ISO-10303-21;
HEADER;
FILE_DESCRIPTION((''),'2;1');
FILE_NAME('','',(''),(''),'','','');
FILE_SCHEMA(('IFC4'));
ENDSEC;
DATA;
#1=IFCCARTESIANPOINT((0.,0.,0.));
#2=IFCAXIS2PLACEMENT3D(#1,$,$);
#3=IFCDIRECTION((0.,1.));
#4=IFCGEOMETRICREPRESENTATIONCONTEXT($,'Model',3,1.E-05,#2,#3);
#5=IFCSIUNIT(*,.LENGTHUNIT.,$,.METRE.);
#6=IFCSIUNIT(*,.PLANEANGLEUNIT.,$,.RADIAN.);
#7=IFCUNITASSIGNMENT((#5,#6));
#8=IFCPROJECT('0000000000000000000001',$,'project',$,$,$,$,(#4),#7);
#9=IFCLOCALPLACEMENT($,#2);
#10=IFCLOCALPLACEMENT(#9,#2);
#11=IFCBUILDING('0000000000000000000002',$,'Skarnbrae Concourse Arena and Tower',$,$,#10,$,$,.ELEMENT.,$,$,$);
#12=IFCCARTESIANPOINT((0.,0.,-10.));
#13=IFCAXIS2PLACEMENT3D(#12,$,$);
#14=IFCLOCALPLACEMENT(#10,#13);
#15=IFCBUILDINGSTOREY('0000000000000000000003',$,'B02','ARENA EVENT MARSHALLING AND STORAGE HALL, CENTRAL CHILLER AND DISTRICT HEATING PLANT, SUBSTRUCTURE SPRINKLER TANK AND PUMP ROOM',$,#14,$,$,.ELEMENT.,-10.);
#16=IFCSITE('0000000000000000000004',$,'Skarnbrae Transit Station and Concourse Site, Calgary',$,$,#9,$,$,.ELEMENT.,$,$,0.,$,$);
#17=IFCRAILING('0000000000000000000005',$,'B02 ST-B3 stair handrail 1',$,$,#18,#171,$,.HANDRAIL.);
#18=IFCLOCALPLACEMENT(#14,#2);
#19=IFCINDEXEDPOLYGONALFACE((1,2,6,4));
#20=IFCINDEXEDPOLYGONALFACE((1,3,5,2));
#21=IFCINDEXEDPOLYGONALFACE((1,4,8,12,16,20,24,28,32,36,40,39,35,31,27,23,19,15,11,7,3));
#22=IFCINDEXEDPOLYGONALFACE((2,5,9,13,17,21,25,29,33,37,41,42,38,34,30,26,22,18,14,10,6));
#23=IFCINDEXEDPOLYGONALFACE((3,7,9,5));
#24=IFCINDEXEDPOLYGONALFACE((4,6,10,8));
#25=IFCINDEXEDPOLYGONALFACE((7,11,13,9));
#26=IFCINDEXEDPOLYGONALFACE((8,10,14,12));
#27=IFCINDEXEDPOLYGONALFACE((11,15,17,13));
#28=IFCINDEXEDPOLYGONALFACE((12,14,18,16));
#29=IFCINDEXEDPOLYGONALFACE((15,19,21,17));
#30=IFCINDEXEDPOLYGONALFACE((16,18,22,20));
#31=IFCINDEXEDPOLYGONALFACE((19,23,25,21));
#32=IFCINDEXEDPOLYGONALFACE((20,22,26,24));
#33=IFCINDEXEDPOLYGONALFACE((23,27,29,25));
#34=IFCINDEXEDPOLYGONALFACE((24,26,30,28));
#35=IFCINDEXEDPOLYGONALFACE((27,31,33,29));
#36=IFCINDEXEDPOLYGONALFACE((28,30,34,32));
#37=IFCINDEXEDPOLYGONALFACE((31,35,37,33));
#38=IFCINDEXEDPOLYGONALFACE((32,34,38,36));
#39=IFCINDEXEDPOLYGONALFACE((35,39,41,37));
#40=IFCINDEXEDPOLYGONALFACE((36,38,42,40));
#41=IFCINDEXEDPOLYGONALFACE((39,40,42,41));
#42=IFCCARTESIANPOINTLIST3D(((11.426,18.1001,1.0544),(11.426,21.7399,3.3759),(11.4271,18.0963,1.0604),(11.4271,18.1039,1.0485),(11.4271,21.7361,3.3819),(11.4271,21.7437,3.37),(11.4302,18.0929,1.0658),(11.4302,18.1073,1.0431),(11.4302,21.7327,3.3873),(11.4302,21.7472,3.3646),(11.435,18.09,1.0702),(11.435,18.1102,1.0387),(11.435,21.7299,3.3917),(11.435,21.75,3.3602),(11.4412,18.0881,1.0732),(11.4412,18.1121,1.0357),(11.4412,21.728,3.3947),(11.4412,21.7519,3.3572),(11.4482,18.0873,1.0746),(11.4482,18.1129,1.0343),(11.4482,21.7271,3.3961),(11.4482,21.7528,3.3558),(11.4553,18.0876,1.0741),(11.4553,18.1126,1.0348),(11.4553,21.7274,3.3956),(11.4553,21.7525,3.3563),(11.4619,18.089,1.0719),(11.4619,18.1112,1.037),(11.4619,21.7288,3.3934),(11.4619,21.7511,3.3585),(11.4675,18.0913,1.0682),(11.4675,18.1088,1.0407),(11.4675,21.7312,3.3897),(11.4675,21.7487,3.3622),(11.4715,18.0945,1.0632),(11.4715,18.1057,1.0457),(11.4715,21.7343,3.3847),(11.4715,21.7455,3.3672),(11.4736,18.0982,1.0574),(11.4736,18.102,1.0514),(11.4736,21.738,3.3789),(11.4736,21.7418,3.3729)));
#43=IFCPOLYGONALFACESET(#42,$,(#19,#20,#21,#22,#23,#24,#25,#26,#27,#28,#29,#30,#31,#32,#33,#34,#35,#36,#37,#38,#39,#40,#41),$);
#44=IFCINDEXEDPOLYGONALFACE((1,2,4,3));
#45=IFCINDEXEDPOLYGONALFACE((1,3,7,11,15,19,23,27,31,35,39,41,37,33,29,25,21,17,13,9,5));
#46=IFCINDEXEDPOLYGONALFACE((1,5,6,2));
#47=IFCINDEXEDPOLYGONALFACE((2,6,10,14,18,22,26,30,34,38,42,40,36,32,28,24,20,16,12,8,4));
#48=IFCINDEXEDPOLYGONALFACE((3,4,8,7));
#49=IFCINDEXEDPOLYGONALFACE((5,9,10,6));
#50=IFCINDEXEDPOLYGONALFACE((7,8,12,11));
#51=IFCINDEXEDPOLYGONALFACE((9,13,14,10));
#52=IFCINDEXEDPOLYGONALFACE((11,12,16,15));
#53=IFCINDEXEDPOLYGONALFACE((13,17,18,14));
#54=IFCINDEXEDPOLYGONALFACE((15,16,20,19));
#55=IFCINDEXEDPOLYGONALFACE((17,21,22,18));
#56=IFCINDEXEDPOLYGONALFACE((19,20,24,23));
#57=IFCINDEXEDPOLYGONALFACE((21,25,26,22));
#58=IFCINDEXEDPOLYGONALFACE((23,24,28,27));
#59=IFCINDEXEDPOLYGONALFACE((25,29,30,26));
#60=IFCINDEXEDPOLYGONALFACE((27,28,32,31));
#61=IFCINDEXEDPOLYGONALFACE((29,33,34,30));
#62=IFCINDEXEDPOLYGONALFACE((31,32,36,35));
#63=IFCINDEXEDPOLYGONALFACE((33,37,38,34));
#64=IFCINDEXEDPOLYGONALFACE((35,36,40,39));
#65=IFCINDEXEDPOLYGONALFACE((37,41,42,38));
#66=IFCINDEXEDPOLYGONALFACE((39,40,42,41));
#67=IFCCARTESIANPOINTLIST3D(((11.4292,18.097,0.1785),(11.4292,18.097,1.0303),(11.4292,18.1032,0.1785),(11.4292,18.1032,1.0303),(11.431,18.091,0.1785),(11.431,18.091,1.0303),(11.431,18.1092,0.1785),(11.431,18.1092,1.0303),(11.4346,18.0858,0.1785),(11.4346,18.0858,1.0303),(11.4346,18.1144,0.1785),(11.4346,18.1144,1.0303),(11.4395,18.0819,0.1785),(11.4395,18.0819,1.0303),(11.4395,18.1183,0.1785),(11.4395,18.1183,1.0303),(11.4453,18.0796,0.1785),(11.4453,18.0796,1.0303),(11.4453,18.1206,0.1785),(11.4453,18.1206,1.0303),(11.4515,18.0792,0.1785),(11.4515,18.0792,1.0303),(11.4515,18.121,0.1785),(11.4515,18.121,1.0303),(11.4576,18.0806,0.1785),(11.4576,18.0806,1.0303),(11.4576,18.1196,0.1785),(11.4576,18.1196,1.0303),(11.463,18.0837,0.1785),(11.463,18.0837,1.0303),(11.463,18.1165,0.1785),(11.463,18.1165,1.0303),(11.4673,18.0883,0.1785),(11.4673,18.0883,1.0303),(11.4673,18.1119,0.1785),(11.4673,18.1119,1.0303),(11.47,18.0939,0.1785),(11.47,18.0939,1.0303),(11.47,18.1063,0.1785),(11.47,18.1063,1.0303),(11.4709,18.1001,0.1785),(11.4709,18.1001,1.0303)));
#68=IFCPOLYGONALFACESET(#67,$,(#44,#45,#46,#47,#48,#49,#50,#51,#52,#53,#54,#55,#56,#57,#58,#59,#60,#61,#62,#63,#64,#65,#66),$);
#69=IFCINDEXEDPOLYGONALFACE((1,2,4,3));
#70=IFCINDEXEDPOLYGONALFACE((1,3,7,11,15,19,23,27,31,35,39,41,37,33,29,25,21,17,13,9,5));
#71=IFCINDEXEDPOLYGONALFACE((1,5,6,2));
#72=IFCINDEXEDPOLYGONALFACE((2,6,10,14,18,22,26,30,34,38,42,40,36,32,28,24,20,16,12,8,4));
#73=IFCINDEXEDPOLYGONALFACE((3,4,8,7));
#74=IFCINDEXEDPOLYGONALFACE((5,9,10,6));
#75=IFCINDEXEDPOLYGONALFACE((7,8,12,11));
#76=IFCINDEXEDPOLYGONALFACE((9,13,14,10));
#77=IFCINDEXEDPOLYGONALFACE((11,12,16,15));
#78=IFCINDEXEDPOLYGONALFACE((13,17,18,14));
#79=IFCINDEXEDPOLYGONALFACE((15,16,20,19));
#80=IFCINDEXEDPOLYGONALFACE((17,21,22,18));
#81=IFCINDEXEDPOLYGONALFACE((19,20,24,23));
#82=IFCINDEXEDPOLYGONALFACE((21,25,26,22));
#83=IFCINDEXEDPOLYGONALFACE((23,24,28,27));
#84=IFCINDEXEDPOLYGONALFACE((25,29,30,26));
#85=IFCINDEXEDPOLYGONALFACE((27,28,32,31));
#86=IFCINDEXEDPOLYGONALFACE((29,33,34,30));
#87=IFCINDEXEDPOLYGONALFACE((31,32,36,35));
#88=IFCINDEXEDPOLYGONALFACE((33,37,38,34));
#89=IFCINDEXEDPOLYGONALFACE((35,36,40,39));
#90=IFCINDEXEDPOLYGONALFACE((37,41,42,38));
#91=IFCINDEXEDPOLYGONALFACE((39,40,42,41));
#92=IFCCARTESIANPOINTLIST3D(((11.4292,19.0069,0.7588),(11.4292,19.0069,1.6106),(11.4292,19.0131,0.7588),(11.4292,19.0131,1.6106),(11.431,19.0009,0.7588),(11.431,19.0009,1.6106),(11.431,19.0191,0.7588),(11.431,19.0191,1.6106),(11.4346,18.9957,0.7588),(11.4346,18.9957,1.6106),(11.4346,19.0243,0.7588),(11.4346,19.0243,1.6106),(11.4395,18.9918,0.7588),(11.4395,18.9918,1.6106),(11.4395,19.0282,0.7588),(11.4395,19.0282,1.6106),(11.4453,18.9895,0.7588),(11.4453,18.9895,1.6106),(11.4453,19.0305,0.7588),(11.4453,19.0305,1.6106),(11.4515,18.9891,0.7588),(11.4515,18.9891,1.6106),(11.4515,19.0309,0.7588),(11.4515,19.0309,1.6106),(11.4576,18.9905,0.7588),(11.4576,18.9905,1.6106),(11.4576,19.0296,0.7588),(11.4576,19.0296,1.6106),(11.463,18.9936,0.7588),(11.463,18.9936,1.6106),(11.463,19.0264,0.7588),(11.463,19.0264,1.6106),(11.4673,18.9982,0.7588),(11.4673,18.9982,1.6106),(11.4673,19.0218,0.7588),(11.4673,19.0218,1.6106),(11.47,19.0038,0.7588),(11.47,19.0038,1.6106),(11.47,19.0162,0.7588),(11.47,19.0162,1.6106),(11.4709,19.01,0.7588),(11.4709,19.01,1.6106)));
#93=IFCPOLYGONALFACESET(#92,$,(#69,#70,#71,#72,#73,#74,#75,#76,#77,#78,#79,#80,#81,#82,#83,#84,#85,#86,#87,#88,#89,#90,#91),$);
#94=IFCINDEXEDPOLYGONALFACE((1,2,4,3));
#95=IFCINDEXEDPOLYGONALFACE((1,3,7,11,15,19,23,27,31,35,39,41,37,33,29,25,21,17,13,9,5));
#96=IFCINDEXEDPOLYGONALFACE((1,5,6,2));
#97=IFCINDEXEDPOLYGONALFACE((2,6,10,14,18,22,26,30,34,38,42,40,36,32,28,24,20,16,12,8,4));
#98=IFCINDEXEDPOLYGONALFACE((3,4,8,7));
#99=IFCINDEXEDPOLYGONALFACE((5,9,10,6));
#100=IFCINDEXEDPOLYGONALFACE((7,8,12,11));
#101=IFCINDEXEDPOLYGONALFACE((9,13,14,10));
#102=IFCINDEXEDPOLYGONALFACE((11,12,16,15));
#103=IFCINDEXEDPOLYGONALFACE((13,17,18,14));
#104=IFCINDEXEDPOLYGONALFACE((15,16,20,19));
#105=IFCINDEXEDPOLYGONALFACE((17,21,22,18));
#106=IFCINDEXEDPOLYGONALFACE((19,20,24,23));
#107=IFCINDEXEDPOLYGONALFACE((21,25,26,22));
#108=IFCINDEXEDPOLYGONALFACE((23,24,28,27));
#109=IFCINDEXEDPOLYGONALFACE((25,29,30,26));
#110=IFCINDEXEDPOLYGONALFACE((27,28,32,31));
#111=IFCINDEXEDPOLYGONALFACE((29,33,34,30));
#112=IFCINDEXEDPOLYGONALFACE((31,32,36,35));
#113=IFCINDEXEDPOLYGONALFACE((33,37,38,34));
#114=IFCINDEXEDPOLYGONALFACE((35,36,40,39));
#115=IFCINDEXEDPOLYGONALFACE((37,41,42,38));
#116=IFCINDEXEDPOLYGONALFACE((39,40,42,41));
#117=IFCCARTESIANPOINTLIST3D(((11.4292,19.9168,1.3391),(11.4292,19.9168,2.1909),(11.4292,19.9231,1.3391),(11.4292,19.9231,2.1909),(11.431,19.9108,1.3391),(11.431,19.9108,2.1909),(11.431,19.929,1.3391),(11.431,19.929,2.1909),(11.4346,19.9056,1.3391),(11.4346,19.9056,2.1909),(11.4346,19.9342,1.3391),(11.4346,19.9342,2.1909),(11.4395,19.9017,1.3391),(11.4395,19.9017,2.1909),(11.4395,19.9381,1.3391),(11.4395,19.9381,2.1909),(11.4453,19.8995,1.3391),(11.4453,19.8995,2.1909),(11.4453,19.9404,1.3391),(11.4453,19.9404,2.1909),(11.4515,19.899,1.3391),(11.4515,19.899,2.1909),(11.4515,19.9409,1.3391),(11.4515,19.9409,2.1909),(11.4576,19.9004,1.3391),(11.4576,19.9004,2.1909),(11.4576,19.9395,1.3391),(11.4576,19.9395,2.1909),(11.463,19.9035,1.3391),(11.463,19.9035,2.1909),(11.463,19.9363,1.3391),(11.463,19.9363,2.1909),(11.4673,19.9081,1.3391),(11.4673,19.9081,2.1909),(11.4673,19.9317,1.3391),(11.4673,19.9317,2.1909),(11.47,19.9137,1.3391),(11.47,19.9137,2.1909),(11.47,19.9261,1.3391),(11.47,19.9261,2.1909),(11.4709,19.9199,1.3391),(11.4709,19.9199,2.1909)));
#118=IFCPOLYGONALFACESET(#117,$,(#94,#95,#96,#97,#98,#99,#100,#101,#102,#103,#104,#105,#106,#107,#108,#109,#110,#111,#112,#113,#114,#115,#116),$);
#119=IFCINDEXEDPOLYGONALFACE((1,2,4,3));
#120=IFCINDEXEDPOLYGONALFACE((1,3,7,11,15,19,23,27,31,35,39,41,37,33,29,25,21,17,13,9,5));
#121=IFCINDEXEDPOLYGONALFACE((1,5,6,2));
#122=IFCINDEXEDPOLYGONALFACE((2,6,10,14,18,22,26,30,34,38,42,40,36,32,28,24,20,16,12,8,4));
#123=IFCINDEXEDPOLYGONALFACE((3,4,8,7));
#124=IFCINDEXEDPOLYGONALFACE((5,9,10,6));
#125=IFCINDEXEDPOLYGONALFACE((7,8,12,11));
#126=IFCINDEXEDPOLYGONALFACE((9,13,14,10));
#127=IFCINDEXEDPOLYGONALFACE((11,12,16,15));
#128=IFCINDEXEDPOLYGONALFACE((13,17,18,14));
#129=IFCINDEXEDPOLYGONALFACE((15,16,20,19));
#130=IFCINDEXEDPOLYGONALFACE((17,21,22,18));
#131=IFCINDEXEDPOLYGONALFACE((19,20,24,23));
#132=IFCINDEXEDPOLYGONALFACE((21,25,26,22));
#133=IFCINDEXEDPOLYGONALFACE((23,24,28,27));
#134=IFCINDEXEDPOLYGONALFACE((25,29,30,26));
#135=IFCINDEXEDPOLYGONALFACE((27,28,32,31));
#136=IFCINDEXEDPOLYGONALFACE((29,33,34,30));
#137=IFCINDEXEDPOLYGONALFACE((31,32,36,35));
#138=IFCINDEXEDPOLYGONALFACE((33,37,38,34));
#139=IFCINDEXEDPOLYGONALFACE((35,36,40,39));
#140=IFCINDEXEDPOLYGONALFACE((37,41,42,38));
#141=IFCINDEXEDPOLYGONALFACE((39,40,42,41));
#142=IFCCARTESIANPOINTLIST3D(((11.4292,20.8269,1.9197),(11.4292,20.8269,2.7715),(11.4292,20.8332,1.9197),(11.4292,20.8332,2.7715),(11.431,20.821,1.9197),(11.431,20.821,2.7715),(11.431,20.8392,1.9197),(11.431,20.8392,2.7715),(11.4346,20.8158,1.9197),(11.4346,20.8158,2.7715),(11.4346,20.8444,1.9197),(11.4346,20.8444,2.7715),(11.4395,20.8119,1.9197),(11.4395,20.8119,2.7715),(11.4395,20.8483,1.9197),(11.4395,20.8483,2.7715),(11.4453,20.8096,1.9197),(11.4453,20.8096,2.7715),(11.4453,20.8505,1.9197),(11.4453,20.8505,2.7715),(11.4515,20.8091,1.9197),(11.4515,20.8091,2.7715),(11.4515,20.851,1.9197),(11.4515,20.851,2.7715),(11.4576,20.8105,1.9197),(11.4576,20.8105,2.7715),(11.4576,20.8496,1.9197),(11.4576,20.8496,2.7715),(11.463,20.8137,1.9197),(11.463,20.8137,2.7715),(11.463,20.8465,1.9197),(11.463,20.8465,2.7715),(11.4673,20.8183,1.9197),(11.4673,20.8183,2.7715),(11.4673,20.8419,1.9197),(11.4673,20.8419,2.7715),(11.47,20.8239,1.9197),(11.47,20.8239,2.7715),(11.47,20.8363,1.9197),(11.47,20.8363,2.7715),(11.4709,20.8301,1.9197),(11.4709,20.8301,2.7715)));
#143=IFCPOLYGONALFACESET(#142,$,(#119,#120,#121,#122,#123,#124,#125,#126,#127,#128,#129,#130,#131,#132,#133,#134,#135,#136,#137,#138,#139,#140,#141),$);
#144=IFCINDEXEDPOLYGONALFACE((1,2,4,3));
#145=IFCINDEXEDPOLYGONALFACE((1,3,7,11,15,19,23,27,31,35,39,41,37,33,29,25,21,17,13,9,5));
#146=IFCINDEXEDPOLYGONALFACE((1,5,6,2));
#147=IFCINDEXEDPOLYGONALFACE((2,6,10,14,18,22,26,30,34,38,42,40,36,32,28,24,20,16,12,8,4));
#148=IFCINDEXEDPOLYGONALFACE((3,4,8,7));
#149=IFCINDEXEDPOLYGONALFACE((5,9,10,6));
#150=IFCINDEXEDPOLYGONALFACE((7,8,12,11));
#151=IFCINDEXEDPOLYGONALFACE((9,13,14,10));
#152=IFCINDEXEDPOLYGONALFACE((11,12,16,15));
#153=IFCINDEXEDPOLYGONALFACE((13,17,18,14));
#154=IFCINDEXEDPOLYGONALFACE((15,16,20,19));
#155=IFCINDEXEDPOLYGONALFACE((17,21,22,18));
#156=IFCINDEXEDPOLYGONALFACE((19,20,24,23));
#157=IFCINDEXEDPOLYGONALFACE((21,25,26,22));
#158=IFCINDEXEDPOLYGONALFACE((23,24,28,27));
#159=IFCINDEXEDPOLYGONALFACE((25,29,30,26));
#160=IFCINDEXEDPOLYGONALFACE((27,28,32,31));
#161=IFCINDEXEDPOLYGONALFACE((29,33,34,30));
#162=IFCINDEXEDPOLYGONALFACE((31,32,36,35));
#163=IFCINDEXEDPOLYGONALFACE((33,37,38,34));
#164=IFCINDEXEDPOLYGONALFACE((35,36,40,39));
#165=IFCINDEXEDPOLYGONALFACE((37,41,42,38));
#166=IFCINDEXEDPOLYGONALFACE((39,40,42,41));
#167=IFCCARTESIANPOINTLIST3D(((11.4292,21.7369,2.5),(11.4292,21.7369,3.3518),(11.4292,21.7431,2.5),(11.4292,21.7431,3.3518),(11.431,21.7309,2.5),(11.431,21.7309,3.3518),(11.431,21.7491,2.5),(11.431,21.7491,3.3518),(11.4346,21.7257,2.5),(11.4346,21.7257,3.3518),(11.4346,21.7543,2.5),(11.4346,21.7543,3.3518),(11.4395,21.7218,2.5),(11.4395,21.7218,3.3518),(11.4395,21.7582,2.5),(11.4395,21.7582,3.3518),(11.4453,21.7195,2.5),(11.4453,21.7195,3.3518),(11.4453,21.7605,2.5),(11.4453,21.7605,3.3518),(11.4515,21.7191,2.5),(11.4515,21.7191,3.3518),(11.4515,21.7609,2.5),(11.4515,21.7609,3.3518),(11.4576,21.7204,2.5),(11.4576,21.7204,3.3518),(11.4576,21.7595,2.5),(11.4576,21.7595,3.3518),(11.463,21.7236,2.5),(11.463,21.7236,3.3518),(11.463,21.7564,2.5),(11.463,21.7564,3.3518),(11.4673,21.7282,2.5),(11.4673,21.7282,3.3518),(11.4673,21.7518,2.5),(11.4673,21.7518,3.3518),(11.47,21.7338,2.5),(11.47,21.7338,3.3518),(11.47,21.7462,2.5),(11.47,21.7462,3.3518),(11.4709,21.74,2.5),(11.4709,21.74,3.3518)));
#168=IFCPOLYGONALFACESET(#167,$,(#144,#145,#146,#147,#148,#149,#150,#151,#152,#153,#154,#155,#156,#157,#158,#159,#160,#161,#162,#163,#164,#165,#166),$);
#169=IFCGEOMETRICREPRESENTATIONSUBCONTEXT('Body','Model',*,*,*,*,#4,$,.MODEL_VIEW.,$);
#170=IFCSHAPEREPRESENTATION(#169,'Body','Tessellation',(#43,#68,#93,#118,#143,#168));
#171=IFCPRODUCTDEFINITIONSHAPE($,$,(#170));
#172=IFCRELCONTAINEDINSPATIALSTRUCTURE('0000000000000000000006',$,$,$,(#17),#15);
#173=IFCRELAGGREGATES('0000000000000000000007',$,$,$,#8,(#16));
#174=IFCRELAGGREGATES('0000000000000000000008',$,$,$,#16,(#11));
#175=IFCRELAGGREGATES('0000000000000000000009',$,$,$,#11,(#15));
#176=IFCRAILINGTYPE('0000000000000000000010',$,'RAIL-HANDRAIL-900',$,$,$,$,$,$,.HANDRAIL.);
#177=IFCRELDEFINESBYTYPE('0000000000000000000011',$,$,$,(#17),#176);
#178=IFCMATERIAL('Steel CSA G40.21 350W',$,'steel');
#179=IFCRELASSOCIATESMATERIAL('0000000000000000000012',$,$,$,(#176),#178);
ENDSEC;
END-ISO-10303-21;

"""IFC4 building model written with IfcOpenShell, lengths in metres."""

from ifc_helpers import new_model, si_unit, direction, frame, origin, origin_2d, place, context, subcontext, project, spatial, circle, extrude, material, type_object, element, save


model = new_model("IFC4")

# Units and contexts
model_context = context("Model", 3, precision=1e-05, world=origin(), true_north=direction((0.0, 1.0)))
body_context = subcontext(model_context, "Body", "Model", "MODEL_VIEW")
ifc_project = project(units=[si_unit("LENGTHUNIT", "METRE"), si_unit("PLANEANGLEUNIT", "RADIAN")], contexts=[model_context])

# Site, building, storey
site_placement = place(None, origin())
site = spatial("IfcSite", under=ifc_project, at=site_placement, Name="Skarnbrae Transit Station and Concourse Site, Calgary", CompositionType="ELEMENT", RefElevation=0.0)
building_placement = place(site_placement, origin())
building = spatial("IfcBuilding", under=site, at=building_placement, Name="Skarnbrae Concourse Arena and Tower", CompositionType="ELEMENT")
storey_placement = place(building_placement, frame((0.0, 0.0, -10.0)))
storey = spatial("IfcBuildingStorey", under=building, at=storey_placement, Name="B02", Description="ARENA EVENT MARSHALLING AND STORAGE HALL, CENTRAL CHILLER AND DISTRICT HEATING PLANT, SUBSTRUCTURE SPRINKLER TANK AND PUMP ROOM", CompositionType="ELEMENT", Elevation=-10.0)

# Shared definitions
ifc_material_1 = material(Name="Steel CSA G40.21 350W", Category="steel")

# Railing
railing_type_1 = type_object("IfcRailingType", Name="RAIL-HANDRAIL-900", PredefinedType="HANDRAIL", material=ifc_material_1)
railing_1_placement = place(storey_placement, frame((11.45, 18.1001, 0.1785)))
element("IfcRailing", 1, at=railing_1_placement, inside=storey, type_object=railing_type_1, Name="B02 ST-B3 stair handrail 1", PredefinedType="HANDRAIL", context=body_context, shape_type="SweptSolid", body=[
    extrude(circle(Radius=0.0239, at=origin_2d()), frame((0.0, 0.0, 0.876), z_axis=(0.0, 0.843112, 0.537739), x_axis=(-1.0, 0.0, 0.0)), (0.0, 0.0, 1.0), 4.3171),
    extrude(circle(Radius=0.021, at=origin_2d()), origin(), (0.0, 0.0, 1.0), 0.8518),
    extrude(circle(Radius=0.021, at=origin_2d()), frame((0.0, 0.9099, 0.5803)), (0.0, 0.0, 1.0), 0.8518),
    extrude(circle(Radius=0.021, at=origin_2d()), frame((0.0, 1.8198, 1.1606)), (0.0, 0.0, 1.0), 0.8518),
    extrude(circle(Radius=0.021, at=origin_2d()), frame((0.0, 2.73, 1.7412)), (0.0, 0.0, 1.0), 0.8518),
    extrude(circle(Radius=0.021, at=origin_2d()), frame((0.0, 3.6399, 2.3215)), (0.0, 0.0, 1.0), 0.8518),
])

save(model, "model.ifc")
